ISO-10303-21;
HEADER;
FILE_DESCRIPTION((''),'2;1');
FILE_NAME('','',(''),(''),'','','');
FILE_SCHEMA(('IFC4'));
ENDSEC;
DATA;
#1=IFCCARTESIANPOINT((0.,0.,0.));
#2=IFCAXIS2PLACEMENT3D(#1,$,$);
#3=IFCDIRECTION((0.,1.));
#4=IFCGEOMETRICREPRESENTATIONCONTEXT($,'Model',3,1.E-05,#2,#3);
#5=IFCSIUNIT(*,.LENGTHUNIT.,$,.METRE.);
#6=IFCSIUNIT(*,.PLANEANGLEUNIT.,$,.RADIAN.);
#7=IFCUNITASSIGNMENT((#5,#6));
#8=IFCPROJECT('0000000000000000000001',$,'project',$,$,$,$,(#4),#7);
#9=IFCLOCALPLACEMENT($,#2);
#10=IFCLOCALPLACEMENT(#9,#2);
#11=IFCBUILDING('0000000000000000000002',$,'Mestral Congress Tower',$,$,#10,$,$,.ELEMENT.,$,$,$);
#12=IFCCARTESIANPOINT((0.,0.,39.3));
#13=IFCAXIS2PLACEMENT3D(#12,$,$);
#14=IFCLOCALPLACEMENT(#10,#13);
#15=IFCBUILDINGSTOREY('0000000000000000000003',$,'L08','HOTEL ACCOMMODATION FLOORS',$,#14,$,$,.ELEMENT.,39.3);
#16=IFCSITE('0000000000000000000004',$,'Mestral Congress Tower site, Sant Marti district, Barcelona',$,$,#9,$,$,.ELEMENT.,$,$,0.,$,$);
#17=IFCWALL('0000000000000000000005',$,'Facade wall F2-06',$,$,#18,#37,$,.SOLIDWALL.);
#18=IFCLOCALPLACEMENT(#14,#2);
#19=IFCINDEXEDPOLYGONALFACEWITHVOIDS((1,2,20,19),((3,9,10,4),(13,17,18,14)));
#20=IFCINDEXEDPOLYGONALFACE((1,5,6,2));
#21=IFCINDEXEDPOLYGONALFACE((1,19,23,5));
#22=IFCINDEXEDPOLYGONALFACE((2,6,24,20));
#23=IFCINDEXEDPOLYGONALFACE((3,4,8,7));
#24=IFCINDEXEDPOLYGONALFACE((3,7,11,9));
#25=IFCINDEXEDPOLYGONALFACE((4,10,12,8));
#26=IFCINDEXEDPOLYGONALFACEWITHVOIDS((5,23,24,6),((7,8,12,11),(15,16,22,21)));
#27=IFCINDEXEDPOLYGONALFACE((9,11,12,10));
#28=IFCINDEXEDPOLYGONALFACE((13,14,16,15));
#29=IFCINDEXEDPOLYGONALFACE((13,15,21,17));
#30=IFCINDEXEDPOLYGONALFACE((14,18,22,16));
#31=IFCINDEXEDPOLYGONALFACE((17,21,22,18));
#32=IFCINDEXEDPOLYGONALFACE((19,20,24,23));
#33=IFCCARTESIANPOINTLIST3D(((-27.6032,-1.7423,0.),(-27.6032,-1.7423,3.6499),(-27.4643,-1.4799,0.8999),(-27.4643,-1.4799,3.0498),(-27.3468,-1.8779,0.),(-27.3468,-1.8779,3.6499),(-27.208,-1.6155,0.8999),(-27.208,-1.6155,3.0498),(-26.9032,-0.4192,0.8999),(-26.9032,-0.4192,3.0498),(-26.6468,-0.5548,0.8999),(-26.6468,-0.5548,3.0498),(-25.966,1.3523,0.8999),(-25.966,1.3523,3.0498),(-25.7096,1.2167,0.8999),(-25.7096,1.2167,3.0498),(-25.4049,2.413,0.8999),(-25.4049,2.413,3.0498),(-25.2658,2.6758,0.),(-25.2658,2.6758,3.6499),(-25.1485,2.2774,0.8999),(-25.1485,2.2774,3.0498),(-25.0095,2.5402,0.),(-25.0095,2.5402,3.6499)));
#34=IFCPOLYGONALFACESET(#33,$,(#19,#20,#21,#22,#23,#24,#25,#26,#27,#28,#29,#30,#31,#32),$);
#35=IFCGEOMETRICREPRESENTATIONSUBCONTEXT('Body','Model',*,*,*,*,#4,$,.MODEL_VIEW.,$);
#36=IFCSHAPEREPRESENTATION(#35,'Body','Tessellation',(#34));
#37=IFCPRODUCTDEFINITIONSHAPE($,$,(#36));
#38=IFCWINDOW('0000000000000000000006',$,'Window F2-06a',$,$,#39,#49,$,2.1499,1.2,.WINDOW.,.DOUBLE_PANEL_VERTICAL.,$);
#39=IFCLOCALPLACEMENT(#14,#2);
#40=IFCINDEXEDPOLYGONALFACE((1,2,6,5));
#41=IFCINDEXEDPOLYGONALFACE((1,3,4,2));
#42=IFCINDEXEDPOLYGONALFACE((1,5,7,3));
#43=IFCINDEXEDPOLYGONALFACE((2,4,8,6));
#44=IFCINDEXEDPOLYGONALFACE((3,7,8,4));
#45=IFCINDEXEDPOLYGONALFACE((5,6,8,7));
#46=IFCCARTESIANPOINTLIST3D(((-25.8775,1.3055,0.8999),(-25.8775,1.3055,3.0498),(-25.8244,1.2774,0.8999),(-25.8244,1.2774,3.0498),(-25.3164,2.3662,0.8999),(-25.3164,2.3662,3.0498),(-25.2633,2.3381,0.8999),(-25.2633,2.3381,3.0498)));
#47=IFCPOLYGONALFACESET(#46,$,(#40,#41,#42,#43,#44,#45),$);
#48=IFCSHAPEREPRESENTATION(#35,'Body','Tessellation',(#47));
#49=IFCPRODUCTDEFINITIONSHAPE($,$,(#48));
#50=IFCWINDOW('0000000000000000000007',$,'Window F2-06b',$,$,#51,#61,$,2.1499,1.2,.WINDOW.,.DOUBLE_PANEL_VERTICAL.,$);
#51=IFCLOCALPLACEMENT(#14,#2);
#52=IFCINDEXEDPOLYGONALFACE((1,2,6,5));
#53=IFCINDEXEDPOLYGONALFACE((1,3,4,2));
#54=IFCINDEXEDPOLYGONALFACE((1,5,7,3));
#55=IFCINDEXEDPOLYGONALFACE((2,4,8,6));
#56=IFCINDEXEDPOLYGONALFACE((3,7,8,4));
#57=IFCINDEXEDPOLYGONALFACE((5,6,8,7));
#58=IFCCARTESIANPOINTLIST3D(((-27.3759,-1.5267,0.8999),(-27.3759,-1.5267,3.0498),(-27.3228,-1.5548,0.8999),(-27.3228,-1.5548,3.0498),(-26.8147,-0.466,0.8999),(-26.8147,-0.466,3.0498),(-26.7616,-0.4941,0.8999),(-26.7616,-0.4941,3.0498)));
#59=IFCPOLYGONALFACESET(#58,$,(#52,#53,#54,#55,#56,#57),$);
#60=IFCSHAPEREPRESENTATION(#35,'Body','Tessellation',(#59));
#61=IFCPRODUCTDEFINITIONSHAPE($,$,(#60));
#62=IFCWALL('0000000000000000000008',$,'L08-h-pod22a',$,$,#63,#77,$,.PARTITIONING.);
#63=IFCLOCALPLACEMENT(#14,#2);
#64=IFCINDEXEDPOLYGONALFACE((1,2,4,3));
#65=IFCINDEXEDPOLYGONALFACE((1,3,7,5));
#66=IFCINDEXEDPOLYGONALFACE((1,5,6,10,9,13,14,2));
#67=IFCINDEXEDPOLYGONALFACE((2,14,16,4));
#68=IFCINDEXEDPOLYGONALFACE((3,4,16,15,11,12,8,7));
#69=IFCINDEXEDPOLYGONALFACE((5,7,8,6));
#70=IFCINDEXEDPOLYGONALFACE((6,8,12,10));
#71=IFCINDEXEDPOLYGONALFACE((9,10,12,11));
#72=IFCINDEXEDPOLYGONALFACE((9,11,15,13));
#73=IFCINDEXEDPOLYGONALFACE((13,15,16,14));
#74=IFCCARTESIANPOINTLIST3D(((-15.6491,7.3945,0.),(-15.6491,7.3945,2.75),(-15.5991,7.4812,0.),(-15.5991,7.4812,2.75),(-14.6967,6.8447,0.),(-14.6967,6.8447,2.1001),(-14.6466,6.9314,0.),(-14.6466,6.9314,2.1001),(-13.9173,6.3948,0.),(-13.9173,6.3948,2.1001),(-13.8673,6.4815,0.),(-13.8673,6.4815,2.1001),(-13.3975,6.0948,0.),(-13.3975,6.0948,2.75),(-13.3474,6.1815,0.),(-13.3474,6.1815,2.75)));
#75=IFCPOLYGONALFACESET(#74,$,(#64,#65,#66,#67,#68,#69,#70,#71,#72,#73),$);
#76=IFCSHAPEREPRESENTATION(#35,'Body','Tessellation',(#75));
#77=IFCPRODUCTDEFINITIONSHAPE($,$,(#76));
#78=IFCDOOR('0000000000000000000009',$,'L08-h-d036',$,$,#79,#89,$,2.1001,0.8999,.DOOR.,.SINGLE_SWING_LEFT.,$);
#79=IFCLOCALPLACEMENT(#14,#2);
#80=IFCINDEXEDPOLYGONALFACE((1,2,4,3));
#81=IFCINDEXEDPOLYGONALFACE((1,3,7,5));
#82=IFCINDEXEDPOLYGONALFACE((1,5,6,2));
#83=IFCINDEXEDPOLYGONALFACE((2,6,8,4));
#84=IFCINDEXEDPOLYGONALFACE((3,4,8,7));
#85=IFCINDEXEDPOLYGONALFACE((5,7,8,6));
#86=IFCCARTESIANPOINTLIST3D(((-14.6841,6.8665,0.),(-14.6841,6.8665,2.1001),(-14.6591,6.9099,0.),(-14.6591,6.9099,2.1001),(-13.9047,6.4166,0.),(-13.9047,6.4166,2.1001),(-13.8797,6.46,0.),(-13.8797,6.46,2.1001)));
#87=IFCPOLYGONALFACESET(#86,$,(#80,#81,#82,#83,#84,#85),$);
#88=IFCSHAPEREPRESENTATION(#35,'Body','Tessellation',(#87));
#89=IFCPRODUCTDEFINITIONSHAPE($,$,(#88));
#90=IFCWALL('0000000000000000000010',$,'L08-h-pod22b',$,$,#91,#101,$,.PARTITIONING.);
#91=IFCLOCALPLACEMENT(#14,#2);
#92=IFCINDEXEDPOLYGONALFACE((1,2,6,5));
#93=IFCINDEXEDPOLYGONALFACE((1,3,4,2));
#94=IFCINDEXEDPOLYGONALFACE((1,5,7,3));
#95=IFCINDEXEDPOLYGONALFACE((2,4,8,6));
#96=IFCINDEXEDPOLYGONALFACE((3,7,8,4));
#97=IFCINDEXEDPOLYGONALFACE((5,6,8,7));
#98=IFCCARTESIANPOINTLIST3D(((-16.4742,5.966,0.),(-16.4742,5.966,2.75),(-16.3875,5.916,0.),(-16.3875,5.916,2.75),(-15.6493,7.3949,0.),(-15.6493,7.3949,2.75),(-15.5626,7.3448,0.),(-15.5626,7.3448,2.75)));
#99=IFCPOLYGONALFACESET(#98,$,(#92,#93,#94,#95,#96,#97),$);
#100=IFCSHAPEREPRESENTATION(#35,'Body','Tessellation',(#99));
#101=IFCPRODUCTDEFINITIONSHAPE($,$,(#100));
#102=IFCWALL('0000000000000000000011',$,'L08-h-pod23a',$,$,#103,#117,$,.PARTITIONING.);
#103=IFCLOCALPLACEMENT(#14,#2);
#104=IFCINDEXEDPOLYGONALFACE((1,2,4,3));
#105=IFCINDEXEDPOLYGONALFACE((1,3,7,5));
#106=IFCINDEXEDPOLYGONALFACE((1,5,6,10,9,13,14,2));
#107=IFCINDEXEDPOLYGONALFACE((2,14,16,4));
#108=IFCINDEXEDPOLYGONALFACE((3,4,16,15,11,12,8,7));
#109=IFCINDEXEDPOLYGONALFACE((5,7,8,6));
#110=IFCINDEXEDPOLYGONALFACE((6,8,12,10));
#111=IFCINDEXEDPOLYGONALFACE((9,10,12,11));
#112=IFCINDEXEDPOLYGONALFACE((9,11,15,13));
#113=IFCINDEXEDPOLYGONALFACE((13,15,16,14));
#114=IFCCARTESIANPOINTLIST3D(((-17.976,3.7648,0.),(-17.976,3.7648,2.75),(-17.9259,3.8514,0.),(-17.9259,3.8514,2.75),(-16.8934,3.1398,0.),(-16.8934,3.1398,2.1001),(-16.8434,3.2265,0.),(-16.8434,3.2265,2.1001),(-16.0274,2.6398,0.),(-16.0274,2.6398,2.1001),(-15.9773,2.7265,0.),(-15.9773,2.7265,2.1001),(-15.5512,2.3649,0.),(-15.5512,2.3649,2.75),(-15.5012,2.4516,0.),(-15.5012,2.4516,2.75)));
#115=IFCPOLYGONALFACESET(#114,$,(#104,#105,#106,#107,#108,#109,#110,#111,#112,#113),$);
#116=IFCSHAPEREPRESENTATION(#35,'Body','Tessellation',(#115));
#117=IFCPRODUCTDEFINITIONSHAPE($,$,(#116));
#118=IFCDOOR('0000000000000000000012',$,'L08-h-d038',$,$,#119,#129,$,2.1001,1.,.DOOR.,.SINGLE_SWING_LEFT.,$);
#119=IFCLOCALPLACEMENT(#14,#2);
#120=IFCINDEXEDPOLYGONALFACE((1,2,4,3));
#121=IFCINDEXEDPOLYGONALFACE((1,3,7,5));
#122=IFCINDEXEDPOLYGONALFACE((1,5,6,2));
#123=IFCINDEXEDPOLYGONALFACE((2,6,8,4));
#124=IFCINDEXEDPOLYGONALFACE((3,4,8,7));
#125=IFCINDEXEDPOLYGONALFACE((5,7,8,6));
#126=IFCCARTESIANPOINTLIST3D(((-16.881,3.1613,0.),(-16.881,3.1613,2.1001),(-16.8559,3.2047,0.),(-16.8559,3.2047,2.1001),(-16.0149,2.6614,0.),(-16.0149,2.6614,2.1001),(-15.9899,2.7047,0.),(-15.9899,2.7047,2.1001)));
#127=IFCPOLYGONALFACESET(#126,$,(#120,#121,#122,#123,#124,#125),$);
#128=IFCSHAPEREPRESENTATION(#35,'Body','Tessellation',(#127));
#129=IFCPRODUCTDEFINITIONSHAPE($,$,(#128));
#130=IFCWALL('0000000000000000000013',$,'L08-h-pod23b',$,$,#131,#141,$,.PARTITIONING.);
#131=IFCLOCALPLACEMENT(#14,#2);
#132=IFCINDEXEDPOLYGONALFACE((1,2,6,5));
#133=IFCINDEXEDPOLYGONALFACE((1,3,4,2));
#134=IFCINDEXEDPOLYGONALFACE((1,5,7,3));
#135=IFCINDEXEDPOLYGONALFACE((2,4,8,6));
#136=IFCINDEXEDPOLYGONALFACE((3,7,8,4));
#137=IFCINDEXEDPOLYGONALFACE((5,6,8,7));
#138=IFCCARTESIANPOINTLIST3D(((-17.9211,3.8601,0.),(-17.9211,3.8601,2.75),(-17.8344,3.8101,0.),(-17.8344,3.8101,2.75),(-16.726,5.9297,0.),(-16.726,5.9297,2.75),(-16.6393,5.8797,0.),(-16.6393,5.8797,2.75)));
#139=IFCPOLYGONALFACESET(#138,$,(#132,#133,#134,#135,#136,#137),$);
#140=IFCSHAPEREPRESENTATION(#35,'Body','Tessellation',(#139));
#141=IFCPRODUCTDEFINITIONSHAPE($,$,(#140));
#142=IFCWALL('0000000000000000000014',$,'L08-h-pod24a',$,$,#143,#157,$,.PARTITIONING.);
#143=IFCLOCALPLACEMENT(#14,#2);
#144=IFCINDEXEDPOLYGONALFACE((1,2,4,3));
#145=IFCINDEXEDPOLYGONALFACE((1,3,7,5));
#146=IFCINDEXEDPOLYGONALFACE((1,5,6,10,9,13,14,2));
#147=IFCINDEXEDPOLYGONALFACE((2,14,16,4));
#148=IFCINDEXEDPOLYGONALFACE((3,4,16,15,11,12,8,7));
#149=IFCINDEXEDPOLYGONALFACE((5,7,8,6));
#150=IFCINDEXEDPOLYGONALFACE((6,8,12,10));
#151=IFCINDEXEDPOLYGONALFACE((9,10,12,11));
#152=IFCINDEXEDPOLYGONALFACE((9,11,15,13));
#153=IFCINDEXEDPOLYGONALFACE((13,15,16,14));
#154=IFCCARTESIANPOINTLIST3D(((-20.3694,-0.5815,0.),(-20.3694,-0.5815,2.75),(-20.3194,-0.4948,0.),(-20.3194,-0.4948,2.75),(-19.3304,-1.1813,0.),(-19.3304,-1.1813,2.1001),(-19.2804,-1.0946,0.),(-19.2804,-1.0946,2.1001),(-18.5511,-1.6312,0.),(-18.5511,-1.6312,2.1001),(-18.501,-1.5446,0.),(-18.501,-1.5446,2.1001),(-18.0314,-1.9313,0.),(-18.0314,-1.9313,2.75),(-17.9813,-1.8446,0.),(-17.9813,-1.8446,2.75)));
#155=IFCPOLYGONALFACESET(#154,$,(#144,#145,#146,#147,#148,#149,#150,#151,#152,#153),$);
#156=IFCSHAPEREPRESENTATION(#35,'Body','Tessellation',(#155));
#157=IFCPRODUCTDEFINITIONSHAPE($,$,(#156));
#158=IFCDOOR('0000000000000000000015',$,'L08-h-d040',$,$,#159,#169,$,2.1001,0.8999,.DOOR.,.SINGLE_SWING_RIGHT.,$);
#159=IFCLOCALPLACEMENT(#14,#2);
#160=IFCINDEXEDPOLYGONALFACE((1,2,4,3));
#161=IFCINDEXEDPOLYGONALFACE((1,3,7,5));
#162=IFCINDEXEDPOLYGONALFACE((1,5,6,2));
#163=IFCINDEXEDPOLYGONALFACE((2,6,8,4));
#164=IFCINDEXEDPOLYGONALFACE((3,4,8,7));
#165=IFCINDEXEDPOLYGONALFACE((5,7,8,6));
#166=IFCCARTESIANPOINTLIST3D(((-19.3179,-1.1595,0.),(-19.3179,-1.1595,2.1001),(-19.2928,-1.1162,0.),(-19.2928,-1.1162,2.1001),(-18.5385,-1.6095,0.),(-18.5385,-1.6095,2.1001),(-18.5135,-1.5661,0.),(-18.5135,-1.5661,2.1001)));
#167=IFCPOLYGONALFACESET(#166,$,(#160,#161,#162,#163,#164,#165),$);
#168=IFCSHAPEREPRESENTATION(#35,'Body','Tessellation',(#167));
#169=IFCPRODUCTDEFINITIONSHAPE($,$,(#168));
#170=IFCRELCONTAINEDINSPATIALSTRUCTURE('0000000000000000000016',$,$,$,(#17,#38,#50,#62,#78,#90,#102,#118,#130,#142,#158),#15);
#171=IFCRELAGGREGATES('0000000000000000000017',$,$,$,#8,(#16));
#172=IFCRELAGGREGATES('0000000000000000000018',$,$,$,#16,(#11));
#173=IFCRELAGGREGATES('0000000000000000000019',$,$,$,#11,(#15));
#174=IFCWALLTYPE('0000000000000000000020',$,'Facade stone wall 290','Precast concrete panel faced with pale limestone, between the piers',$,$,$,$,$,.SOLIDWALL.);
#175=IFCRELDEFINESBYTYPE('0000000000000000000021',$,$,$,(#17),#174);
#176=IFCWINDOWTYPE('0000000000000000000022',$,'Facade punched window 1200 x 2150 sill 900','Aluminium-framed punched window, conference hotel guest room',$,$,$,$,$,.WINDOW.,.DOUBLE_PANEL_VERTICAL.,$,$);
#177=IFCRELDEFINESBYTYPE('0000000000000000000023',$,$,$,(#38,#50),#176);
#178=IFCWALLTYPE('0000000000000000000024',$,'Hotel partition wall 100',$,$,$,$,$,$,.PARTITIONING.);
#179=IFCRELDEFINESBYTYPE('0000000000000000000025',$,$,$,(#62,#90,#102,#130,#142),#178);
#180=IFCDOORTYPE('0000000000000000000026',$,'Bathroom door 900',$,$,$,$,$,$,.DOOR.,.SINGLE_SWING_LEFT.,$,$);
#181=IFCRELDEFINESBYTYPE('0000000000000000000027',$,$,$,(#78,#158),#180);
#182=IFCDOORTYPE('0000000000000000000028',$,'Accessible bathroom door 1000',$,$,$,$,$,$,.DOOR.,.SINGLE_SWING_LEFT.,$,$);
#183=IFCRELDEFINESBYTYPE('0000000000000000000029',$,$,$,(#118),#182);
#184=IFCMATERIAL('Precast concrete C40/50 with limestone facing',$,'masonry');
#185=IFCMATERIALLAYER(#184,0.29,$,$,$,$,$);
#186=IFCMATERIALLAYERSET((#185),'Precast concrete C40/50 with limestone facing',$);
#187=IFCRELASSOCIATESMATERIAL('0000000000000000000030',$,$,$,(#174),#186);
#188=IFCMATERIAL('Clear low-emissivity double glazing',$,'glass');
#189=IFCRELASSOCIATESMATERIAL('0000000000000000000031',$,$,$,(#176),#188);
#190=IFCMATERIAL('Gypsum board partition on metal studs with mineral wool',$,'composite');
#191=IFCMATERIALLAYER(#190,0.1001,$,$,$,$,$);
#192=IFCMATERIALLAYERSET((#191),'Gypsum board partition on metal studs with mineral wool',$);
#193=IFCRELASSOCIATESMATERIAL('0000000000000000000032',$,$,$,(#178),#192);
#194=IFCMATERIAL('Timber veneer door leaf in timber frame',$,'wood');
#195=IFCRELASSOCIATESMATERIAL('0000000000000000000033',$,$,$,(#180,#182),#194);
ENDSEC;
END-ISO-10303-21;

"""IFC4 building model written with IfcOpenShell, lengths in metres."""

from ifc_helpers import new_model, si_unit, direction, frame, frame_2d, origin, place, context, subcontext, project, spatial, rectangle, extrude, material, layer, layer_set, type_object, element, fill, save


model = new_model("IFC4")

# Units and contexts
model_context = context("Model", 3, precision=1e-05, world=origin(), true_north=direction((0.0, 1.0)))
body_context = subcontext(model_context, "Body", "Model", "MODEL_VIEW")
ifc_project = project(units=[si_unit("LENGTHUNIT", "METRE"), si_unit("PLANEANGLEUNIT", "RADIAN")], contexts=[model_context])

# Site, building, storey
site_placement = place(None, origin())
site = spatial("IfcSite", under=ifc_project, at=site_placement, Name="Mestral Congress Tower site, Sant Marti district, Barcelona", CompositionType="ELEMENT", RefElevation=0.0)
building_placement = place(site_placement, origin())
building = spatial("IfcBuilding", under=site, at=building_placement, Name="Mestral Congress Tower", CompositionType="ELEMENT")
storey_placement = place(building_placement, frame((0.0, 0.0, 39.3)))
storey = spatial("IfcBuildingStorey", under=building, at=storey_placement, Name="L08", Description="HOTEL ACCOMMODATION FLOORS", CompositionType="ELEMENT", Elevation=39.3)

# Wall, openings, windows
ifc_material_1 = material(Name="Precast concrete C40/50 with limestone facing", Category="masonry")
ifc_layer_1 = layer(ifc_material_1, 0.29)
ifc_layer_set_1 = layer_set([ifc_layer_1], Name="Precast concrete C40/50 with limestone facing")
wall_type_1 = type_object("IfcWallType", Name="Facade stone wall 290", Description="Precast concrete panel faced with pale limestone, between the piers", PredefinedType="SOLIDWALL", material=ifc_layer_set_1)
ifc_material_2 = material(Name="Clear low-emissivity double glazing", Category="glass")
window_type = type_object("IfcWindowType", Name="Facade punched window 1200 x 2150 sill 900", Description="Aluminium-framed punched window, conference hotel guest room", PartitioningType="DOUBLE_PANEL_VERTICAL", PredefinedType="WINDOW", material=ifc_material_2)
wall_1_placement = place(storey_placement, frame((-25.1377, 2.6079, 0.0), z_axis=(0.0, 0.0, 1.0), x_axis=(-0.46763, -0.883925, 0.0)))
wall_1 = element("IfcWall", 1, at=wall_1_placement, inside=storey, type_object=wall_type_1, Name="Facade wall F2-06", PredefinedType="SOLIDWALL", context=body_context, shape_type="SweptSolid", body=[
    extrude(rectangle(XDim=4.9983, YDim=0.29, at=frame_2d((2.499, 0.0))), origin(), (0.0, 0.0, 1.0), 3.6499),
])
opening_1_placement = place(wall_1_placement, frame((0.2971, 0.0, 0.8999)))
opening_1 = element("IfcOpeningElement", 2, at=opening_1_placement, cuts=wall_1, PredefinedType="OPENING", context=body_context, shape_type="SweptSolid", body=[
    extrude(rectangle(XDim=1.2, YDim=2.1499, at=frame_2d((0.6001, 1.075))), frame((0.0, 0.155, 0.0), z_axis=(0.0, -1.0, 0.0), x_axis=(1.0, 0.0, 0.0)), (0.0, 0.0, 1.0), 0.3101),
])
opening_2_placement = place(wall_1_placement, frame((3.5012, 0.0, 0.8999)))
opening_2 = element("IfcOpeningElement", 3, at=opening_2_placement, cuts=wall_1, PredefinedType="OPENING", context=body_context, shape_type="SweptSolid", body=[
    extrude(rectangle(XDim=1.2, YDim=2.1499, at=frame_2d((0.6001, 1.075))), frame((0.0, 0.155, 0.0), z_axis=(0.0, -1.0, 0.0), x_axis=(1.0, 0.0, 0.0)), (0.0, 0.0, 1.0), 0.3101),
])
window_1_placement = place(opening_1_placement, origin())
window_1 = element("IfcWindow", 4, at=window_1_placement, inside=storey, type_object=window_type, Name="Window F2-06a", OverallHeight=2.1499, OverallWidth=1.2, PartitioningType="DOUBLE_PANEL_VERTICAL", PredefinedType="WINDOW", context=body_context, shape_type="SweptSolid", body=[
    extrude(rectangle(XDim=1.2, YDim=2.1499, at=frame_2d((0.6001, 1.075))), frame((0.0, 0.0151, 0.0), z_axis=(0.0, -1.0, 0.0), x_axis=(1.0, 0.0, 0.0)), (0.0, 0.0, 1.0), 0.0601),
])
fill(opening_1, window_1)
window_2_placement = place(opening_2_placement, origin())
window_2 = element("IfcWindow", 5, at=window_2_placement, inside=storey, type_object=window_type, Name="Window F2-06b", OverallHeight=2.1499, OverallWidth=1.2, PartitioningType="DOUBLE_PANEL_VERTICAL", PredefinedType="WINDOW", context=body_context, shape_type="SweptSolid", body=[
    extrude(rectangle(XDim=1.2, YDim=2.1499, at=frame_2d((0.6001, 1.075))), frame((0.0, 0.0151, 0.0), z_axis=(0.0, -1.0, 0.0), x_axis=(1.0, 0.0, 0.0)), (0.0, 0.0, 1.0), 0.0601),
])
fill(opening_2, window_2)

# Wall, opening, door
ifc_material_3 = material(Name="Gypsum board partition on metal studs with mineral wool", Category="composite")
ifc_layer_2 = layer(ifc_material_3, 0.1001)
ifc_layer_set_2 = layer_set([ifc_layer_2], Name="Gypsum board partition on metal studs with mineral wool")
wall_type_2 = type_object("IfcWallType", Name="Hotel partition wall 100", PredefinedType="PARTITIONING", material=ifc_layer_set_2)
wall_2_placement = place(storey_placement, frame((-13.3726, 6.1382, 0.0), z_axis=(0.0, 0.0, 1.0), x_axis=(-0.866062, 0.499937, 0.0)))
wall_2 = element("IfcWall", 6, at=wall_2_placement, inside=storey, type_object=wall_type_2, Name="L08-h-pod22a", PredefinedType="PARTITIONING", context=body_context, shape_type="SweptSolid", body=[
    extrude(rectangle(XDim=2.5999, YDim=0.1001, at=frame_2d((1.2998, 0.0))), origin(), (0.0, 0.0, 1.0), 2.75),
])
opening_3_placement = place(wall_2_placement, frame((0.6001, 0.0, 0.0)))
opening_3 = element("IfcOpeningElement", 7, at=opening_3_placement, cuts=wall_2, PredefinedType="OPENING", context=body_context, shape_type="SweptSolid", body=[
    extrude(rectangle(XDim=0.8999, YDim=2.1001, at=frame_2d((0.45, 1.05))), frame((0.0, 0.0601, 0.0), z_axis=(0.0, -1.0, 0.0), x_axis=(1.0, 0.0, 0.0)), (0.0, 0.0, 1.0), 0.1201),
])
ifc_material_4 = material(Name="Timber veneer door leaf in timber frame", Category="wood")
door_type_1 = type_object("IfcDoorType", Name="Bathroom door 900", OperationType="SINGLE_SWING_LEFT", PredefinedType="DOOR", material=ifc_material_4)
door_1_placement = place(opening_3_placement, origin())
door_1 = element("IfcDoor", 8, at=door_1_placement, inside=storey, type_object=door_type_1, Name="L08-h-d036", OperationType="SINGLE_SWING_LEFT", OverallHeight=2.1001, OverallWidth=0.8999, PredefinedType="DOOR", context=body_context, shape_type="SweptSolid", body=[
    extrude(rectangle(XDim=0.8999, YDim=2.1001, at=frame_2d((0.45, 1.05))), frame((0.0, 0.0249, 0.0), z_axis=(0.0, -1.0, 0.0), x_axis=(1.0, 0.0, 0.0)), (0.0, 0.0, 1.0), 0.05),
])
fill(opening_3, door_1)

# Wall
wall_3_placement = place(storey_placement, frame((-15.606, 7.3699, 0.0), z_axis=(0.0, 0.0, 1.0), x_axis=(-0.499974, -0.86604, 0.0)))
element("IfcWall", 9, at=wall_3_placement, inside=storey, type_object=wall_type_2, Name="L08-h-pod22b", PredefinedType="PARTITIONING", context=body_context, shape_type="SweptSolid", body=[
    extrude(rectangle(XDim=1.6499, YDim=0.1001, at=frame_2d((0.825, 0.0))), origin(), (0.0, 0.0, 1.0), 2.75),
])

# Wall, opening, door
wall_4_placement = place(storey_placement, frame((-17.9509, 3.8081, 0.0), z_axis=(0.0, 0.0, 1.0), x_axis=(0.866035, -0.499984, 0.0)))
wall_4 = element("IfcWall", 10, at=wall_4_placement, inside=storey, type_object=wall_type_2, Name="L08-h-pod23a", PredefinedType="PARTITIONING", context=body_context, shape_type="SweptSolid", body=[
    extrude(rectangle(XDim=2.7998, YDim=0.1001, at=frame_2d((1.3999, 0.0))), origin(), (0.0, 0.0, 1.0), 2.75),
])
opening_4_placement = place(wall_4_placement, frame((1.25, 0.0, 0.0)))
opening_4 = element("IfcOpeningElement", 11, at=opening_4_placement, cuts=wall_4, PredefinedType="OPENING", context=body_context, shape_type="SweptSolid", body=[
    extrude(rectangle(XDim=1.0, YDim=2.1001, at=frame_2d((0.5, 1.05))), frame((0.0, 0.0601, 0.0), z_axis=(0.0, -1.0, 0.0), x_axis=(1.0, 0.0, 0.0)), (0.0, 0.0, 1.0), 0.1201),
])
door_type_2 = type_object("IfcDoorType", Name="Accessible bathroom door 1000", OperationType="SINGLE_SWING_LEFT", PredefinedType="DOOR", material=ifc_material_4)
door_2_placement = place(opening_4_placement, origin())
door_2 = element("IfcDoor", 12, at=door_2_placement, inside=storey, type_object=door_type_2, Name="L08-h-d038", OperationType="SINGLE_SWING_LEFT", OverallHeight=2.1001, OverallWidth=1.0, PredefinedType="DOOR", context=body_context, shape_type="SweptSolid", body=[
    extrude(rectangle(XDim=1.0, YDim=2.1001, at=frame_2d((0.5, 1.05))), frame((0.0, 0.0249, 0.0), z_axis=(0.0, -1.0, 0.0), x_axis=(1.0, 0.0, 0.0)), (0.0, 0.0, 1.0), 0.05),
])
fill(opening_4, door_2)

# Wall
wall_5_placement = place(storey_placement, frame((-17.8777, 3.8352, 0.0), z_axis=(0.0, 0.0, 1.0), x_axis=(0.500061, 0.86599, 0.0)))
element("IfcWall", 13, at=wall_5_placement, inside=storey, type_object=wall_type_2, Name="L08-h-pod23b", PredefinedType="PARTITIONING", context=body_context, shape_type="SweptSolid", body=[
    extrude(rectangle(XDim=2.3899, YDim=0.1001, at=frame_2d((1.1948, 0.0))), origin(), (0.0, 0.0, 1.0), 2.75),
])

# Wall, opening, door
wall_6_placement = place(storey_placement, frame((-18.0063, -1.8879, 0.0), z_axis=(0.0, 0.0, 1.0), x_axis=(-0.866037, 0.499981, 0.0)))
wall_6 = element("IfcWall", 14, at=wall_6_placement, inside=storey, type_object=wall_type_2, Name="L08-h-pod24a", PredefinedType="PARTITIONING", context=body_context, shape_type="SweptSolid", body=[
    extrude(rectangle(XDim=2.6997, YDim=0.1001, at=frame_2d((1.3499, 0.0))), origin(), (0.0, 0.0, 1.0), 2.75),
])
opening_5_placement = place(wall_6_placement, frame((0.6001, 0.0, 0.0)))
opening_5 = element("IfcOpeningElement", 15, at=opening_5_placement, cuts=wall_6, PredefinedType="OPENING", context=body_context, shape_type="SweptSolid", body=[
    extrude(rectangle(XDim=0.8999, YDim=2.1001, at=frame_2d((0.45, 1.05))), frame((0.0, 0.0601, 0.0), z_axis=(0.0, -1.0, 0.0), x_axis=(1.0, 0.0, 0.0)), (0.0, 0.0, 1.0), 0.1201),
])
door_3_placement = place(opening_5_placement, origin())
door_3 = element("IfcDoor", 16, at=door_3_placement, inside=storey, type_object=door_type_1, Name="L08-h-d040", OperationType="SINGLE_SWING_RIGHT", OverallHeight=2.1001, OverallWidth=0.8999, PredefinedType="DOOR", context=body_context, shape_type="SweptSolid", body=[
    extrude(rectangle(XDim=0.8999, YDim=2.1001, at=frame_2d((0.45, 1.05))), frame((0.0, 0.0249, 0.0), z_axis=(0.0, -1.0, 0.0), x_axis=(1.0, 0.0, 0.0)), (0.0, 0.0, 1.0), 0.05),
])
fill(opening_5, door_3)

save(model, "model.ifc")
